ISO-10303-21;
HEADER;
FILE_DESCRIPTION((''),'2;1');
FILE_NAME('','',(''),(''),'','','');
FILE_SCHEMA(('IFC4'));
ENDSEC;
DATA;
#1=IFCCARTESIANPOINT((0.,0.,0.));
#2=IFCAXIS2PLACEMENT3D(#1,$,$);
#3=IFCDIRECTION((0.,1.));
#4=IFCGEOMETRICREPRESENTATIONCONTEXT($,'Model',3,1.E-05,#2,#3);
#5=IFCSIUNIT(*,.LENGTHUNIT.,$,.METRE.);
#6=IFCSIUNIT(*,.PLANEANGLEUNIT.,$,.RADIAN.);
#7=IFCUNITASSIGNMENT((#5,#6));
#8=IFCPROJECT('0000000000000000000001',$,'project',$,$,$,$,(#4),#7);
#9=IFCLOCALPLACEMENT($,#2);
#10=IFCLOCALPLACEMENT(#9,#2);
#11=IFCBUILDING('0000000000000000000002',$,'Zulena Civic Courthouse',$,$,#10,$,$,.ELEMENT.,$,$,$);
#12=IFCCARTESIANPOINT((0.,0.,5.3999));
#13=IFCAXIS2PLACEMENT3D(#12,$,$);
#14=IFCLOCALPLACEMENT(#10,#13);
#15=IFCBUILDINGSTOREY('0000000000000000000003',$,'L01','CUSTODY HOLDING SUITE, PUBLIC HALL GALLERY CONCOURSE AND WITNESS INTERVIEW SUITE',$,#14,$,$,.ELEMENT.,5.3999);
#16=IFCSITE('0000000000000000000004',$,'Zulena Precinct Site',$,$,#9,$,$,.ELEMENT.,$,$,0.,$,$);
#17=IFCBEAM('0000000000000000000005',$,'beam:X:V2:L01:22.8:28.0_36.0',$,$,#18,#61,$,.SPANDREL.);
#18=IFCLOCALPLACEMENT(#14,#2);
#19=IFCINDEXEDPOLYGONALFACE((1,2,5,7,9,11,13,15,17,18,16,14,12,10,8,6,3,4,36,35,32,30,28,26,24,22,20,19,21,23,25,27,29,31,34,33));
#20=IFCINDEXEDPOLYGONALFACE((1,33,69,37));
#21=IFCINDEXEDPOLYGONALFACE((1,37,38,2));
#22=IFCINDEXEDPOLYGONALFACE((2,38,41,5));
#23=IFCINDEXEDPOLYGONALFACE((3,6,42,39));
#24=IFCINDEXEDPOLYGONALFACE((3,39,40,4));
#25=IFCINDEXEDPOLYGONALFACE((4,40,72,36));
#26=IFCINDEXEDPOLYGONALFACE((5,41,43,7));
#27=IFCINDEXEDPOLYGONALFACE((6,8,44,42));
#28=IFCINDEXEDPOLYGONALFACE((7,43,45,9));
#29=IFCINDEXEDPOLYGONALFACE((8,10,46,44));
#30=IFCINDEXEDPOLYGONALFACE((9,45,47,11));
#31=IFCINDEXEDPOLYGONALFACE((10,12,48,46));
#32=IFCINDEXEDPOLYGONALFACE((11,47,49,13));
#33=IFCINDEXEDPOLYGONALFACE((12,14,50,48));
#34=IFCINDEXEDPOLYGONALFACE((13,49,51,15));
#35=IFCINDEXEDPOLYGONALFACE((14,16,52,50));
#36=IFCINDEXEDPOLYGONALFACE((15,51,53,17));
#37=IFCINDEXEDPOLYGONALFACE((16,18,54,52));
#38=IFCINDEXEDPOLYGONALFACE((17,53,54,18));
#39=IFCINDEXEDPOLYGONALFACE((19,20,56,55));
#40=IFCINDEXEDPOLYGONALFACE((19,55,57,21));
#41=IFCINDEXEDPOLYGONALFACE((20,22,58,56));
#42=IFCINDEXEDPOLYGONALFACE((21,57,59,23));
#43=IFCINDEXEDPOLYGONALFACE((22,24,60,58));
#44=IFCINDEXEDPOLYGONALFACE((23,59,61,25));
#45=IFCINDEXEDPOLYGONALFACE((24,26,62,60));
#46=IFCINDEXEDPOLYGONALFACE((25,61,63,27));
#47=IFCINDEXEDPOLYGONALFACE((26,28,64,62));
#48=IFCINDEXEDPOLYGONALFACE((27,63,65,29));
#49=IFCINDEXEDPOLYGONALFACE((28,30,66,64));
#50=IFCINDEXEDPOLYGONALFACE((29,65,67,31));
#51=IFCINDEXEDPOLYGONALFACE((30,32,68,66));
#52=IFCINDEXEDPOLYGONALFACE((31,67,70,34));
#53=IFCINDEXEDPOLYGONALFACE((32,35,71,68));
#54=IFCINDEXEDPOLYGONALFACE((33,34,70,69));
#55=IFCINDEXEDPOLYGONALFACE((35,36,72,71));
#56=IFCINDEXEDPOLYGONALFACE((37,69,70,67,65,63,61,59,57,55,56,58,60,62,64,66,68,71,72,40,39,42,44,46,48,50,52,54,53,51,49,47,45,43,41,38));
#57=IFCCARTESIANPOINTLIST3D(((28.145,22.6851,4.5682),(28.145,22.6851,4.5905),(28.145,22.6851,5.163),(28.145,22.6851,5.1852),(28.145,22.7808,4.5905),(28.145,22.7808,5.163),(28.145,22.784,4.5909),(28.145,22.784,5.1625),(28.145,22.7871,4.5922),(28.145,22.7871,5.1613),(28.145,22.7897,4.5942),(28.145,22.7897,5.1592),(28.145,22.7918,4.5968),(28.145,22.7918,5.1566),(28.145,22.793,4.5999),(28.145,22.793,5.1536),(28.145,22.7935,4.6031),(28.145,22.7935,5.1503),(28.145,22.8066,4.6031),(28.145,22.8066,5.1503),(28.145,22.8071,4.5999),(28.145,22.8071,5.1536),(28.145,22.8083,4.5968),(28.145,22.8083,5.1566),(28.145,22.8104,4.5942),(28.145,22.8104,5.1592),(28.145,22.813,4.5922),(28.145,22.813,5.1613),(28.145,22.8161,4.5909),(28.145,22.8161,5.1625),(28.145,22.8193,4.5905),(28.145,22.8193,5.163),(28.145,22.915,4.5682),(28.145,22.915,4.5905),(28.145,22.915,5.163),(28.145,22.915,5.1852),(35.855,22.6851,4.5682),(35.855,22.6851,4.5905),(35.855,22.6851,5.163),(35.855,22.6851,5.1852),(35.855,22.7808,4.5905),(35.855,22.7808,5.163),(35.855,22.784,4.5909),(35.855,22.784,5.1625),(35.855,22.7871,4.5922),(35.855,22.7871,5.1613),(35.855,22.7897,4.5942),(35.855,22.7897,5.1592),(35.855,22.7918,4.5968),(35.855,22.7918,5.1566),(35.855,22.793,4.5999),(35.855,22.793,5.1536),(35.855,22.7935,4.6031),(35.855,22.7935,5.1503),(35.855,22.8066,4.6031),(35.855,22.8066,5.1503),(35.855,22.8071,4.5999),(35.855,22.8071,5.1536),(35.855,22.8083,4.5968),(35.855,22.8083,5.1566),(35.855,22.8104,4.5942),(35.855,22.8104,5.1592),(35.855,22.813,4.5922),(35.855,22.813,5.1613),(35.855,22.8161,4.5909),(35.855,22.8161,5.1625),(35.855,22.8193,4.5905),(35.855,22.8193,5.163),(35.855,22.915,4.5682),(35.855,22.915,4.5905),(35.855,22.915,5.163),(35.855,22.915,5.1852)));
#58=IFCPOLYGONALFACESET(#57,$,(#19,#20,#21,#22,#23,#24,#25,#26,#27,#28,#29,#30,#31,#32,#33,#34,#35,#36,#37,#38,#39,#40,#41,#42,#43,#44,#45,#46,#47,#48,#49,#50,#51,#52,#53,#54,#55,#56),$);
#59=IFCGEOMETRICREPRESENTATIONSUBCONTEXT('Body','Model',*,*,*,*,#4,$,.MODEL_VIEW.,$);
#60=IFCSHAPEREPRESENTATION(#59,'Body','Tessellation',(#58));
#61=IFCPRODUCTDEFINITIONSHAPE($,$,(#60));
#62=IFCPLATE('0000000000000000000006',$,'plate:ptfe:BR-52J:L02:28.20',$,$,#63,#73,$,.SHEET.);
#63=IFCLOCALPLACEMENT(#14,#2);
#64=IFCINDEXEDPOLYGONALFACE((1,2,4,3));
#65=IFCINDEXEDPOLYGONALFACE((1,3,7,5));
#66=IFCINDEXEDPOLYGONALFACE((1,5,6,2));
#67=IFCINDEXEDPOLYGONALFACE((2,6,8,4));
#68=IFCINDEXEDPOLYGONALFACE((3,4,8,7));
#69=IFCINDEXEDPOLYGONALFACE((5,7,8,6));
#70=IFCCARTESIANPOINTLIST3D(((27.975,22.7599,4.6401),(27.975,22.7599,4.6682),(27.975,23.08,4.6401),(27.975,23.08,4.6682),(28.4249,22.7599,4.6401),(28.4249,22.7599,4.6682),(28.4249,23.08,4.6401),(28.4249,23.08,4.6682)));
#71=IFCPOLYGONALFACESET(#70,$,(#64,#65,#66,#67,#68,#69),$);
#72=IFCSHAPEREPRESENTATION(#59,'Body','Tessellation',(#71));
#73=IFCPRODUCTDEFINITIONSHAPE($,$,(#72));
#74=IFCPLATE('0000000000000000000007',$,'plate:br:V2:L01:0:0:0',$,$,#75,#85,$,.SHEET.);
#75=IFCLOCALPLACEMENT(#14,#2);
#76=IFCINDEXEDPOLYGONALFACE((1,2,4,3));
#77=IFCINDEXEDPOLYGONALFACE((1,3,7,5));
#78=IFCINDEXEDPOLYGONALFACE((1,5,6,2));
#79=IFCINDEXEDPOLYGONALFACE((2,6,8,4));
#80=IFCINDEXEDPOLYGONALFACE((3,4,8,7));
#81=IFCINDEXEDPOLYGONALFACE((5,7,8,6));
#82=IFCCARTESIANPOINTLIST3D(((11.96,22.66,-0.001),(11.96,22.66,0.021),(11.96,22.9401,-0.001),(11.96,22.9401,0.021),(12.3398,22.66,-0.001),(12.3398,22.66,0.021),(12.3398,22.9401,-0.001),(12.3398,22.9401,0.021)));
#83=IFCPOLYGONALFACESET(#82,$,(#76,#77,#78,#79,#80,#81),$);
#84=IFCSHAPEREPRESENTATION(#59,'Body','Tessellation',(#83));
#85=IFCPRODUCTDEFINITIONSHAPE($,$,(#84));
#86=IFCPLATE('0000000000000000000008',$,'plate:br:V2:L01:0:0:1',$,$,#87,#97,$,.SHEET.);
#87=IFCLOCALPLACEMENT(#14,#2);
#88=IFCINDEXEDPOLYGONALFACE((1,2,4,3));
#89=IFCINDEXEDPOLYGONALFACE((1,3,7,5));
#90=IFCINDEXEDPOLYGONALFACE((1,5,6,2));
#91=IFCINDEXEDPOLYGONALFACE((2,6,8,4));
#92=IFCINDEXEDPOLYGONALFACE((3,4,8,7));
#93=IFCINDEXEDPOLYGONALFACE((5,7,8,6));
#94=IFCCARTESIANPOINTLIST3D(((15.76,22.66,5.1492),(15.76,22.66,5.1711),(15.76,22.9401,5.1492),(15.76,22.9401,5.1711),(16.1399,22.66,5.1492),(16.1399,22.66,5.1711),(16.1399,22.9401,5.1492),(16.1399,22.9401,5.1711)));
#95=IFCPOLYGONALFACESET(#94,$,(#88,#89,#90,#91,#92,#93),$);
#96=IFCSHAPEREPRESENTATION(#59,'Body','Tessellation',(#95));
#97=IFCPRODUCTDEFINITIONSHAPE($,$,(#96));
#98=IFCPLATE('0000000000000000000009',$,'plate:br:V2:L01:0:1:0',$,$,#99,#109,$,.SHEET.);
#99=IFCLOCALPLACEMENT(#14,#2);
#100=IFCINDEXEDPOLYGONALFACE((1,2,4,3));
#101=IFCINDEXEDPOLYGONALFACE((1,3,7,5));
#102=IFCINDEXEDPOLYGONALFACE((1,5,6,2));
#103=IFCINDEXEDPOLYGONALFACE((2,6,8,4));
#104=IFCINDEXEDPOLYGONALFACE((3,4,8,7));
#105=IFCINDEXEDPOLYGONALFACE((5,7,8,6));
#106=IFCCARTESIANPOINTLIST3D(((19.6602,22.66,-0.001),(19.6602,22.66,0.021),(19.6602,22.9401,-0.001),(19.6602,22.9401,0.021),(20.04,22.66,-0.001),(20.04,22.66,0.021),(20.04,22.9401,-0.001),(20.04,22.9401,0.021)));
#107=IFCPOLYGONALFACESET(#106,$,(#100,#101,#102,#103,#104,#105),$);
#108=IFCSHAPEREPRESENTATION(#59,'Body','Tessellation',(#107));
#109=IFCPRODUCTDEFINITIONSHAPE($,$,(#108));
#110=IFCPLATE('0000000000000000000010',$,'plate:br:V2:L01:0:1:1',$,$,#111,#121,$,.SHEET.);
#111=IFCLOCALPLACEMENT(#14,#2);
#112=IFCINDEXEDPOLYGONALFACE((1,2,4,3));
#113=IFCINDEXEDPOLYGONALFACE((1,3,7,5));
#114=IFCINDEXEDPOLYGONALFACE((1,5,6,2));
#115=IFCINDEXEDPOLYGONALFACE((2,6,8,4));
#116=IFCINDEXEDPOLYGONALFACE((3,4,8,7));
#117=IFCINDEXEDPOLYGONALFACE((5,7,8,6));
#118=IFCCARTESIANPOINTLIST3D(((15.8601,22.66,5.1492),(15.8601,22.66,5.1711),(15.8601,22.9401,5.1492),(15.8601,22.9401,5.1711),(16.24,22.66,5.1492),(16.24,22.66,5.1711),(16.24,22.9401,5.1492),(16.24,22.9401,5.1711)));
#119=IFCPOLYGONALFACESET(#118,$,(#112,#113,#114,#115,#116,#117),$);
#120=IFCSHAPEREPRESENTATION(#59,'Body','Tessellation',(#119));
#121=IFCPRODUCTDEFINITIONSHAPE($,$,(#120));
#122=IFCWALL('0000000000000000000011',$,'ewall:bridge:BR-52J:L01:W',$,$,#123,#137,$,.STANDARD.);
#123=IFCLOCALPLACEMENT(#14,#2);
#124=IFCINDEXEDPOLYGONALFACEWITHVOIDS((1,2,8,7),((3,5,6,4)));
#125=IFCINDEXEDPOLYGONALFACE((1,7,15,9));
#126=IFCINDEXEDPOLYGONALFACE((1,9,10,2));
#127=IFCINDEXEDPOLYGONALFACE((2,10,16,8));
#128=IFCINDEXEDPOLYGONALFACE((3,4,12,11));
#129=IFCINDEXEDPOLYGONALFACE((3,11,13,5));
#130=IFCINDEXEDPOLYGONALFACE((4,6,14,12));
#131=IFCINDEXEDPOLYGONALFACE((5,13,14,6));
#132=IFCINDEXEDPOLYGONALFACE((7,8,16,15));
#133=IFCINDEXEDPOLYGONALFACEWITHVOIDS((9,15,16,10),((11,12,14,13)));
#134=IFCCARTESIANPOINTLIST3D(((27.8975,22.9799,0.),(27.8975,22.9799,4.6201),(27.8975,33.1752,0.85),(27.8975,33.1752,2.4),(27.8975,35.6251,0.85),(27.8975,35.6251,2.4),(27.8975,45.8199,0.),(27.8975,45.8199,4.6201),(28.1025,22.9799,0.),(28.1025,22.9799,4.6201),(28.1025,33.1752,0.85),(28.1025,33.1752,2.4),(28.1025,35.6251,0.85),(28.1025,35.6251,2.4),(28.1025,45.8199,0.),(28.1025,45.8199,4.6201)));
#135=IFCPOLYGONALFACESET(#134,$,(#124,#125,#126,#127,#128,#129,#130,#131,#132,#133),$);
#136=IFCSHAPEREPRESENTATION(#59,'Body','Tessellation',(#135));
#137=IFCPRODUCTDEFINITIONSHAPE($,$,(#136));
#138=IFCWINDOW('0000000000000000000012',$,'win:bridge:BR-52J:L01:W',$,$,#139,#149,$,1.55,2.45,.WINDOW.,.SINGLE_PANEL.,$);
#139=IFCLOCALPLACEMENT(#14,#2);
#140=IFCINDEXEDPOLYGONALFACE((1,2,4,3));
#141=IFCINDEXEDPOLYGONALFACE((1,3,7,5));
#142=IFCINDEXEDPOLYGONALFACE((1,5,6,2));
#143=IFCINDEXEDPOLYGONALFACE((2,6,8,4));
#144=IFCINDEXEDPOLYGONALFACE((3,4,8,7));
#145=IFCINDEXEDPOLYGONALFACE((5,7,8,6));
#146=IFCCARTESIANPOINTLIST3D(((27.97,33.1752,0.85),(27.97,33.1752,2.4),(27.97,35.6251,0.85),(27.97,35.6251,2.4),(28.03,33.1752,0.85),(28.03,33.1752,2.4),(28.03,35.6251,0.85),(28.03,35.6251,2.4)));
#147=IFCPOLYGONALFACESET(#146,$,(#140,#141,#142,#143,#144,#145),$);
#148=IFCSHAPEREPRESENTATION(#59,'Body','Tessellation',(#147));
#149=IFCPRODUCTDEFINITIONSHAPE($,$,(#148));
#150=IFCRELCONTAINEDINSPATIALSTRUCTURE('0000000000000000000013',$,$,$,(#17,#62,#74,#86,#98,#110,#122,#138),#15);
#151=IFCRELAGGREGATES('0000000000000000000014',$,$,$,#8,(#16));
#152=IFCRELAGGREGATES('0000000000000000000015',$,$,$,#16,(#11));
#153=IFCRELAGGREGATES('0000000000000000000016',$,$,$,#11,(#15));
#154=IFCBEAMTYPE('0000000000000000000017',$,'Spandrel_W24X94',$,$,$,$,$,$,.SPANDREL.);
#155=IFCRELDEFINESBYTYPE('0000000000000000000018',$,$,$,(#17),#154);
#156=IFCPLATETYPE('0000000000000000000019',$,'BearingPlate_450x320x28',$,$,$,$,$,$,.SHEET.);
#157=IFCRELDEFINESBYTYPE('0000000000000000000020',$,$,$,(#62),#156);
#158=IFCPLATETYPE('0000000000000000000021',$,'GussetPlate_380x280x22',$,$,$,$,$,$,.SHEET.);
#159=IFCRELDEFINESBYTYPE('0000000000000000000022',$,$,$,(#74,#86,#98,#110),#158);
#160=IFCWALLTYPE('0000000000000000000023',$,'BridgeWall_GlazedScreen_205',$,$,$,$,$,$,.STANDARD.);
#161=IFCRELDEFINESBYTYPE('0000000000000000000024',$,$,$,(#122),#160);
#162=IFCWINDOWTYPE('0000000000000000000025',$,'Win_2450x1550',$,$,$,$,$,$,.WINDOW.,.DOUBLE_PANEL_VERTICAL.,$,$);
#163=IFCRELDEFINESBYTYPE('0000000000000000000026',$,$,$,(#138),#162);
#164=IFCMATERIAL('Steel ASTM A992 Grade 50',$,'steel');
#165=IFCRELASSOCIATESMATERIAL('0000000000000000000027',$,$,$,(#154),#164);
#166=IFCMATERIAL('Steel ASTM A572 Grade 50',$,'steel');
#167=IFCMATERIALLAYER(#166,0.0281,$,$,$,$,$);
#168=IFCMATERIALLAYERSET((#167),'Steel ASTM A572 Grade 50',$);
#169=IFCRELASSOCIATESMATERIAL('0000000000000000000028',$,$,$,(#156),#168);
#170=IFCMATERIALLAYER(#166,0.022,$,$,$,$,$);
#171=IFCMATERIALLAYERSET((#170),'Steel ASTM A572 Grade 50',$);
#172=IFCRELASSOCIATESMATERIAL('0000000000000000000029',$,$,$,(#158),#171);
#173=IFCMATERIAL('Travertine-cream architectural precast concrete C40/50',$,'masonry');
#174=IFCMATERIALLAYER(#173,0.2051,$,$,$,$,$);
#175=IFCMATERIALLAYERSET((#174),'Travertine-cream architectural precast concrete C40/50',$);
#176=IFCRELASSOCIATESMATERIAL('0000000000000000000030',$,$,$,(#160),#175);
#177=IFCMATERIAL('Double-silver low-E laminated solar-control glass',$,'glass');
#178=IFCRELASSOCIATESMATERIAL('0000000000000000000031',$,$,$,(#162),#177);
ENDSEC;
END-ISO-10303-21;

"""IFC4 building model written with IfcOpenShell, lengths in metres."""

from ifc_helpers import new_model, si_unit, direction, frame, frame_2d, origin, origin_2d, place, context, subcontext, project, spatial, rectangle, i_section, extrude, material, layer, layer_set, material_profile, profile_set, type_object, element, fill, save


model = new_model("IFC4")

# Units and contexts
model_context = context("Model", 3, precision=1e-05, world=origin(), true_north=direction((0.0, 1.0)))
body_context = subcontext(model_context, "Body", "Model", "MODEL_VIEW")
ifc_project = project(units=[si_unit("LENGTHUNIT", "METRE"), si_unit("PLANEANGLEUNIT", "RADIAN")], contexts=[model_context])

# Site, building, storey
site_placement = place(None, origin())
site = spatial("IfcSite", under=ifc_project, at=site_placement, Name="Zulena Precinct Site", CompositionType="ELEMENT", RefElevation=0.0)
building_placement = place(site_placement, origin())
building = spatial("IfcBuilding", under=site, at=building_placement, Name="Zulena Civic Courthouse", CompositionType="ELEMENT")
storey_placement = place(building_placement, frame((0.0, 0.0, 5.3999)))
storey = spatial("IfcBuildingStorey", under=building, at=storey_placement, Name="L01", Description="CUSTODY HOLDING SUITE, PUBLIC HALL GALLERY CONCOURSE AND WITNESS INTERVIEW SUITE", CompositionType="ELEMENT", Elevation=5.3999)

# Shared definitions
ifc_material_1 = material(Name="Steel ASTM A992 Grade 50", Category="steel")

# Beam
ifc_material_profile_1 = material_profile(ifc_material_1, i_section(OverallWidth=0.23, OverallDepth=0.6169, WebThickness=0.0132, FlangeThickness=0.0222, FilletRadius=0.0127, at=origin_2d()), Name="W24X94")
ifc_profile_set_1 = profile_set([ifc_material_profile_1], Name="Steel ASTM A992 Grade 50")
beam_type_1 = type_object("IfcBeamType", Name="Spandrel_W24X94", PredefinedType="SPANDREL", material=ifc_profile_set_1)
for number, where, z_axis, x_axis, name in (
    (1, (28.145, 22.8, 4.8767), (1.0, 0.0, 0.0), (0.0, 1.0, 0.0), "beam:X:V2:L01:22.8:28.0_36.0"),
):
    element("IfcBeam", number, at=place(storey_placement, frame(where, z_axis=z_axis, x_axis=x_axis)), inside=storey, type_object=beam_type_1, Name=name, PredefinedType="SPANDREL", context=body_context, shape_type="SweptSolid", body=[
        extrude(i_section(OverallWidth=0.23, OverallDepth=0.6169, WebThickness=0.0132, FlangeThickness=0.0222, FilletRadius=0.0127, at=origin_2d()), origin(), (0.0, 0.0, 1.0), 7.71),
    ])

# Plates
ifc_material_2 = material(Name="Steel ASTM A572 Grade 50", Category="steel")
ifc_layer_1 = layer(ifc_material_2, 0.0281)
ifc_layer_set_1 = layer_set([ifc_layer_1], Name="Steel ASTM A572 Grade 50")
plate_type_1 = type_object("IfcPlateType", Name="BearingPlate_450x320x28", PredefinedType="SHEET", material=ifc_layer_set_1)
plate_placement = place(storey_placement, frame((28.2, 22.9199, 4.6401), z_axis=(0.0, 0.0, 1.0), x_axis=(1.0, 0.0, 0.0)))
element("IfcPlate", 2, at=plate_placement, inside=storey, type_object=plate_type_1, Name="plate:ptfe:BR-52J:L02:28.20", PredefinedType="SHEET", context=body_context, shape_type="SweptSolid", body=[
    extrude(rectangle(XDim=0.45, YDim=0.3201, at=origin_2d()), origin(), (0.0, 0.0, 1.0), 0.0281),
])
ifc_layer_2 = layer(ifc_material_2, 0.022)
ifc_layer_set_2 = layer_set([ifc_layer_2], Name="Steel ASTM A572 Grade 50")
plate_type_2 = type_object("IfcPlateType", Name="GussetPlate_380x280x22", PredefinedType="SHEET", material=ifc_layer_set_2)
for number, where, z_axis, x_axis, name in (
    (3, (12.1499, 22.8, -0.001), (0.0, 0.0, 1.0), (1.0, 0.0, 0.0), "plate:br:V2:L01:0:0:0"),
    (4, (15.95, 22.8, 5.1492), (0.0, 0.0, 1.0), (1.0, 0.0, 0.0), "plate:br:V2:L01:0:0:1"),
    (5, (19.8501, 22.8, -0.001), (0.0, 0.0, 1.0), (1.0, 0.0, 0.0), "plate:br:V2:L01:0:1:0"),
    (6, (16.05, 22.8, 5.1492), (0.0, 0.0, 1.0), (1.0, 0.0, 0.0), "plate:br:V2:L01:0:1:1"),
):
    element("IfcPlate", number, at=place(storey_placement, frame(where, z_axis=z_axis, x_axis=x_axis)), inside=storey, type_object=plate_type_2, Name=name, PredefinedType="SHEET", context=body_context, shape_type="SweptSolid", body=[
        extrude(rectangle(XDim=0.3799, YDim=0.28, at=origin_2d()), origin(), (0.0, 0.0, 1.0), 0.022),
    ])

# Wall, opening, window
ifc_material_3 = material(Name="Travertine-cream architectural precast concrete C40/50", Category="masonry")
ifc_layer_3 = layer(ifc_material_3, 0.2051)
ifc_layer_set_3 = layer_set([ifc_layer_3], Name="Travertine-cream architectural precast concrete C40/50")
wall_type_1 = type_object("IfcWallType", Name="BridgeWall_GlazedScreen_205", PredefinedType="STANDARD", material=ifc_layer_set_3)
wall_1_placement = place(storey_placement, frame((28.0, 22.98, 0.0), z_axis=(0.0, 0.0, 1.0), x_axis=(0.0, 1.0, 0.0)))
wall_1 = element("IfcWall", 7, at=wall_1_placement, inside=storey, type_object=wall_type_1, Name="ewall:bridge:BR-52J:L01:W", PredefinedType="STANDARD", context=body_context, shape_type="SweptSolid", body=[
    extrude(rectangle(XDim=22.8401, YDim=0.2051, at=frame_2d((11.4199, 0.0))), origin(), (0.0, 0.0, 1.0), 4.6201),
])
opening_1_placement = place(wall_1_placement, frame((10.1951, 0.0, 0.8501)))
opening_1 = element("IfcOpeningElement", 8, at=opening_1_placement, cuts=wall_1, PredefinedType="OPENING", context=body_context, shape_type="SweptSolid", body=[
    extrude(rectangle(XDim=2.45, YDim=1.55, at=frame_2d((1.2251, 0.7749))), frame((0.0, 0.1125, 0.0), z_axis=(0.0, -1.0, 0.0), x_axis=(1.0, 0.0, 0.0)), (0.0, 0.0, 1.0), 0.2251),
])
ifc_material_4 = material(Name="Double-silver low-E laminated solar-control glass", Category="glass")
window_type = type_object("IfcWindowType", Name="Win_2450x1550", PartitioningType="DOUBLE_PANEL_VERTICAL", PredefinedType="WINDOW", material=ifc_material_4)
window_placement = place(opening_1_placement, origin())
window = element("IfcWindow", 9, at=window_placement, inside=storey, type_object=window_type, Name="win:bridge:BR-52J:L01:W", OverallHeight=1.55, OverallWidth=2.45, PartitioningType="SINGLE_PANEL", PredefinedType="WINDOW", context=body_context, shape_type="SweptSolid", body=[
    extrude(rectangle(XDim=2.45, YDim=1.55, at=frame_2d((1.2251, 0.7749))), frame((0.0, 0.03, 0.0), z_axis=(0.0, -1.0, 0.0), x_axis=(1.0, 0.0, 0.0)), (0.0, 0.0, 1.0), 0.0601),
])
fill(opening_1, window)

save(model, "model.ifc")
